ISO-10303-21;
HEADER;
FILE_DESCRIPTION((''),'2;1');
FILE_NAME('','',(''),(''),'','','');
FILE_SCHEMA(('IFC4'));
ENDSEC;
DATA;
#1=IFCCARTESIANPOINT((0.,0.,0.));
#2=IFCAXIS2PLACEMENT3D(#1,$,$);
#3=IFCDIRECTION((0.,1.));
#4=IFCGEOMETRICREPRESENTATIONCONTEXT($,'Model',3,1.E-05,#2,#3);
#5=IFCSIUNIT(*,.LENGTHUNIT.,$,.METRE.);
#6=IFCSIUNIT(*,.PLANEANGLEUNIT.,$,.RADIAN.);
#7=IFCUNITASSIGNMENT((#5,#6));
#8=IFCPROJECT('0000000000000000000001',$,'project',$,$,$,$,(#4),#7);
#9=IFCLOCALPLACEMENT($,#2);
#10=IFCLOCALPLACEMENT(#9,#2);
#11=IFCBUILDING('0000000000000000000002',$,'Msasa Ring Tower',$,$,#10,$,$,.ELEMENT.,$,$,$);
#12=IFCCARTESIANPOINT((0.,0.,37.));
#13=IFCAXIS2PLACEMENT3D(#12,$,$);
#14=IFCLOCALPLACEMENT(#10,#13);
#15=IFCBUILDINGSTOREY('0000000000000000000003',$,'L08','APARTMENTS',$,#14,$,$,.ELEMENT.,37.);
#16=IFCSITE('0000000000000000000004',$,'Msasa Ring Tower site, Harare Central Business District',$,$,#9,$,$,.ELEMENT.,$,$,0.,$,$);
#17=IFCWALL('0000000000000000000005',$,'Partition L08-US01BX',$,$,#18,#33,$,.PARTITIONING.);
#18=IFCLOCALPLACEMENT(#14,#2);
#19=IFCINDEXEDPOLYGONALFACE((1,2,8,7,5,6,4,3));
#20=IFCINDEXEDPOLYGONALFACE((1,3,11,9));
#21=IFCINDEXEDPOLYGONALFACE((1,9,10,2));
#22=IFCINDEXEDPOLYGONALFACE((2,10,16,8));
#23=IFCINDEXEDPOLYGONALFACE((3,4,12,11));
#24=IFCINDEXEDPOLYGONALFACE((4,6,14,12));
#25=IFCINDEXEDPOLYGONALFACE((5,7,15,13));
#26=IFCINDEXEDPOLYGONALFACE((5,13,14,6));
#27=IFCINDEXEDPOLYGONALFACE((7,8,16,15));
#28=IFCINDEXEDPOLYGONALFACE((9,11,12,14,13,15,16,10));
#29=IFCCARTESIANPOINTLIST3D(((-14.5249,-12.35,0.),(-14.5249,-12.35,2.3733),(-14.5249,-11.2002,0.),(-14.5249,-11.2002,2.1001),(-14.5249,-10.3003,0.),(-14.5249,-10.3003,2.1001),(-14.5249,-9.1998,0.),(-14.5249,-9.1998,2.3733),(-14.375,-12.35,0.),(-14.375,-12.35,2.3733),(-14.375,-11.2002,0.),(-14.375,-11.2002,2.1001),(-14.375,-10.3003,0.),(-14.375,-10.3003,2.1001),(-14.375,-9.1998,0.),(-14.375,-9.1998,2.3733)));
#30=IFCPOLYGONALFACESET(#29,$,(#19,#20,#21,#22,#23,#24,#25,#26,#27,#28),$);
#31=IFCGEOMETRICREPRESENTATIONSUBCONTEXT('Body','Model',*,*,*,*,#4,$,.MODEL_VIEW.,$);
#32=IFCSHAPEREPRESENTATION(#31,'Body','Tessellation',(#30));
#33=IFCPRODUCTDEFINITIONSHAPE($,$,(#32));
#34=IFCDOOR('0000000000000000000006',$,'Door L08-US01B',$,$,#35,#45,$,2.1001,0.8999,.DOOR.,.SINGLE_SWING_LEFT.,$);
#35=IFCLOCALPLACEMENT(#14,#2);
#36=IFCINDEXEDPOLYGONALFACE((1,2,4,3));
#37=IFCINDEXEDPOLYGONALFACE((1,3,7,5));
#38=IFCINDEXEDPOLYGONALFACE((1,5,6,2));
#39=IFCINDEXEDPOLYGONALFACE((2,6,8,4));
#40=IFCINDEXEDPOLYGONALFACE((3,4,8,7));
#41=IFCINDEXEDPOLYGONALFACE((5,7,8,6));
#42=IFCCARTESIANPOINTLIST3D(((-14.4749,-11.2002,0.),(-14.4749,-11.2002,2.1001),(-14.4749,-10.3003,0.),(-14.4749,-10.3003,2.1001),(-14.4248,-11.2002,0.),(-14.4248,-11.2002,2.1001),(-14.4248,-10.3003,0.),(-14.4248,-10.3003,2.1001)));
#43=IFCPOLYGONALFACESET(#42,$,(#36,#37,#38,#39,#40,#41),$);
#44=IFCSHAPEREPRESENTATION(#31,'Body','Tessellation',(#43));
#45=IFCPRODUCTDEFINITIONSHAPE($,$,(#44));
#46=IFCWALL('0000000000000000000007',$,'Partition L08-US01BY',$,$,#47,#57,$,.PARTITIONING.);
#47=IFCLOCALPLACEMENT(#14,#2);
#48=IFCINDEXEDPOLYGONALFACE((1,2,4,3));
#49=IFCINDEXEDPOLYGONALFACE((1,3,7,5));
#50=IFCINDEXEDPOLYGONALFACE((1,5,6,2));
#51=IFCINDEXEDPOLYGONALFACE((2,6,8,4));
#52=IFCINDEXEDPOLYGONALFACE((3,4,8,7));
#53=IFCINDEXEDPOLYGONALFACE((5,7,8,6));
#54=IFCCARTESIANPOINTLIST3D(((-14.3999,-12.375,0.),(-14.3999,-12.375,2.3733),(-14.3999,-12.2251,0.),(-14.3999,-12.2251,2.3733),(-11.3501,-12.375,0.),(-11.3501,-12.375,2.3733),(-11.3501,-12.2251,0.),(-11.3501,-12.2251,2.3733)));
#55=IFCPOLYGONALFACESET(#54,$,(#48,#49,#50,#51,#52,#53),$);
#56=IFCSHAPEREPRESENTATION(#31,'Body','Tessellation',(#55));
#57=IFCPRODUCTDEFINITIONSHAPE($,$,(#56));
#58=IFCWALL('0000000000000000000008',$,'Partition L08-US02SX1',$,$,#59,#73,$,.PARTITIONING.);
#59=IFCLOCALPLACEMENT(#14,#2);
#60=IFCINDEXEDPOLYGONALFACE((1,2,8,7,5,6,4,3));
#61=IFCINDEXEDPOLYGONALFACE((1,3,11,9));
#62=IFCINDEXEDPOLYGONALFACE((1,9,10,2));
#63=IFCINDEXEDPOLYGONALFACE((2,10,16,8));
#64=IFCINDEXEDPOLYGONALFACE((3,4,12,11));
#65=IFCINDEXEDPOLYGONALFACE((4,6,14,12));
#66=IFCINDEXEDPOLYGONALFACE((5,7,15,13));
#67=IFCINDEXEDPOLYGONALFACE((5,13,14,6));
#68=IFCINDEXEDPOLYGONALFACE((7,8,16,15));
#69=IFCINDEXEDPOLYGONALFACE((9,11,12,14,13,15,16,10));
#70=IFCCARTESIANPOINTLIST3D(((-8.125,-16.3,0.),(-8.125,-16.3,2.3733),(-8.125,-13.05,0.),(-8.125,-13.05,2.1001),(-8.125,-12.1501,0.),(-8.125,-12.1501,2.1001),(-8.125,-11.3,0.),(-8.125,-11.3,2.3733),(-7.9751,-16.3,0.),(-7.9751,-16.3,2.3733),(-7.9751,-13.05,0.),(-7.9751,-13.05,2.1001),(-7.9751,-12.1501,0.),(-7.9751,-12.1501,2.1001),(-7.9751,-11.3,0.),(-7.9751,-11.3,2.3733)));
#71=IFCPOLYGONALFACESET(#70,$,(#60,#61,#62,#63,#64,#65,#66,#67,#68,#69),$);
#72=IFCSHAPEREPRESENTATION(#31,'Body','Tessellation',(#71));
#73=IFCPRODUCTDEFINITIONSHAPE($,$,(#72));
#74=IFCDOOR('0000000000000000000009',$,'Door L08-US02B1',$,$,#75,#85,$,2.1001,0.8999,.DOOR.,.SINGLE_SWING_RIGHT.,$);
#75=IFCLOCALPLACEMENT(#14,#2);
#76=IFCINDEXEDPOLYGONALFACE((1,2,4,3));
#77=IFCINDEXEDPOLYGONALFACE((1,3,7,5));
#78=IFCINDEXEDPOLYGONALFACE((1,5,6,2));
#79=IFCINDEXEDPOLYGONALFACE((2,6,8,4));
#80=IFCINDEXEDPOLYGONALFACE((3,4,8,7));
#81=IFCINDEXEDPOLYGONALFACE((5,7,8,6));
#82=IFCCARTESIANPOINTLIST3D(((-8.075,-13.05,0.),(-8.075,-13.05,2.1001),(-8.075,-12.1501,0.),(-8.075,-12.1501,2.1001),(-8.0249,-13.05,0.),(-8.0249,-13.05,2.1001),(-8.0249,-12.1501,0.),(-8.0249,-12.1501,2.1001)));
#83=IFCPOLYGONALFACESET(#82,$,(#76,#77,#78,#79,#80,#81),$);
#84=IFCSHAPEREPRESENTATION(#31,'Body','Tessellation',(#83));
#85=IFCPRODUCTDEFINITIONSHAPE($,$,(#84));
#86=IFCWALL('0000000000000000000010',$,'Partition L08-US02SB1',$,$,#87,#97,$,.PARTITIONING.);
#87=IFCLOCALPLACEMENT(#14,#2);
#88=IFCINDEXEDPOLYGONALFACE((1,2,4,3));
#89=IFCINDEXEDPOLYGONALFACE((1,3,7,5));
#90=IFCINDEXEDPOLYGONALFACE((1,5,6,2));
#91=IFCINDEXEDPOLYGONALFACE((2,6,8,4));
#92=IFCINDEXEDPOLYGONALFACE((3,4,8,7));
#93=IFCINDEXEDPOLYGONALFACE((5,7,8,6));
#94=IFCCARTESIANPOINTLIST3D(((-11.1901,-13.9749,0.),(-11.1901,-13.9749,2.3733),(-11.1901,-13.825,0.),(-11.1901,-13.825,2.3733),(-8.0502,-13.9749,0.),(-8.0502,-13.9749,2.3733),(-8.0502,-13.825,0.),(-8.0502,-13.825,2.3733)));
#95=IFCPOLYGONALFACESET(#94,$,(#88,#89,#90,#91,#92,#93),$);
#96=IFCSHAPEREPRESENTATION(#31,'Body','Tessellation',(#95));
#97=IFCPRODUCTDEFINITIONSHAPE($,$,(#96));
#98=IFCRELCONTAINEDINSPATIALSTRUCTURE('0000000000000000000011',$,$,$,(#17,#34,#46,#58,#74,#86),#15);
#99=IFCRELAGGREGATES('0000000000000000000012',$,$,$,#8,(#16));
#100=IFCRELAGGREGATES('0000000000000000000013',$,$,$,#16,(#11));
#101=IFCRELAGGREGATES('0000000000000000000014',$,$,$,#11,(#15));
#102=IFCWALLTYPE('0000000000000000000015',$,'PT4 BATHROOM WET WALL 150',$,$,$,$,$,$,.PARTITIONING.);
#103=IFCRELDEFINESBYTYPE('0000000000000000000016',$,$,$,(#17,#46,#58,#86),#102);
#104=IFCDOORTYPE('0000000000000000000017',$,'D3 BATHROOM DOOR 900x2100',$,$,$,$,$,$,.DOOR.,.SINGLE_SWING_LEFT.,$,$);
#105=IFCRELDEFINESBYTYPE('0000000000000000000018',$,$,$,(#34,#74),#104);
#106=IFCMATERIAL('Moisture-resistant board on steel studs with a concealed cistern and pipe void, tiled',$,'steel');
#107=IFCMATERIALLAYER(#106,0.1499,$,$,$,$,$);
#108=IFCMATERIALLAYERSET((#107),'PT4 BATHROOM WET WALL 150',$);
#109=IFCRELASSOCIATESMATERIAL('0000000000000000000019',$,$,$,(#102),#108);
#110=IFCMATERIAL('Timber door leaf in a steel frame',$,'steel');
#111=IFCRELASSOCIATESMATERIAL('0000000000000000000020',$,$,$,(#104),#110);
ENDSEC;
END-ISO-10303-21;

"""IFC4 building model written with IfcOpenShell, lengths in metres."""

from ifc_helpers import new_model, si_unit, direction, frame, frame_2d, origin, place, context, subcontext, project, spatial, rectangle, extrude, material, layer, layer_set, type_object, element, fill, save


model = new_model("IFC4")

# Units and contexts
model_context = context("Model", 3, precision=1e-05, world=origin(), true_north=direction((0.0, 1.0)))
body_context = subcontext(model_context, "Body", "Model", "MODEL_VIEW")
ifc_project = project(units=[si_unit("LENGTHUNIT", "METRE"), si_unit("PLANEANGLEUNIT", "RADIAN")], contexts=[model_context])

# Site, building, storey
site_placement = place(None, origin())
site = spatial("IfcSite", under=ifc_project, at=site_placement, Name="Msasa Ring Tower site, Harare Central Business District", CompositionType="ELEMENT", RefElevation=0.0)
building_placement = place(site_placement, origin())
building = spatial("IfcBuilding", under=site, at=building_placement, Name="Msasa Ring Tower", CompositionType="ELEMENT")
storey_placement = place(building_placement, frame((0.0, 0.0, 37.0)))
storey = spatial("IfcBuildingStorey", under=building, at=storey_placement, Name="L08", Description="APARTMENTS", CompositionType="ELEMENT", Elevation=37.0)

# Wall, opening, door
ifc_material_1 = material(Name="Moisture-resistant board on steel studs with a concealed cistern and pipe void, tiled", Category="steel")
ifc_layer_1 = layer(ifc_material_1, 0.1499)
ifc_layer_set_1 = layer_set([ifc_layer_1], Name="PT4 BATHROOM WET WALL 150")
wall_type_1 = type_object("IfcWallType", Name="PT4 BATHROOM WET WALL 150", PredefinedType="PARTITIONING", material=ifc_layer_set_1)
wall_1_placement = place(storey_placement, frame((-14.45, -12.3501, 0.0), z_axis=(0.0, 0.0, 1.0), x_axis=(0.0, 1.0, 0.0)))
wall_1 = element("IfcWall", 1, at=wall_1_placement, inside=storey, type_object=wall_type_1, Name="Partition L08-US01BX", PredefinedType="PARTITIONING", context=body_context, shape_type="SweptSolid", body=[
    extrude(rectangle(XDim=3.1501, YDim=0.1499, at=frame_2d((1.5752, 0.0))), origin(), (0.0, 0.0, 1.0), 2.3733),
])
opening_1_placement = place(wall_1_placement, frame((1.1499, 0.0, 0.0)))
opening_1 = element("IfcOpeningElement", 2, at=opening_1_placement, cuts=wall_1, PredefinedType="OPENING", context=body_context, shape_type="SweptSolid", body=[
    extrude(rectangle(XDim=0.8999, YDim=2.1001, at=frame_2d((0.45, 1.05))), frame((0.0, 0.085, 0.0), z_axis=(0.0, -1.0, 0.0), x_axis=(1.0, 0.0, 0.0)), (0.0, 0.0, 1.0), 0.1699),
])
ifc_material_2 = material(Name="Timber door leaf in a steel frame", Category="steel")
door_type_1 = type_object("IfcDoorType", Name="D3 BATHROOM DOOR 900x2100", OperationType="SINGLE_SWING_LEFT", PredefinedType="DOOR", material=ifc_material_2)
door_1_placement = place(opening_1_placement, origin())
door_1 = element("IfcDoor", 3, at=door_1_placement, inside=storey, type_object=door_type_1, Name="Door L08-US01B", OperationType="SINGLE_SWING_LEFT", OverallHeight=2.1001, OverallWidth=0.8999, PredefinedType="DOOR", context=body_context, shape_type="SweptSolid", body=[
    extrude(rectangle(XDim=0.8999, YDim=2.1001, at=frame_2d((0.45, 1.05))), frame((0.0, 0.0249, 0.0), z_axis=(0.0, -1.0, 0.0), x_axis=(1.0, 0.0, 0.0)), (0.0, 0.0, 1.0), 0.05),
])
fill(opening_1, door_1)

# Wall
wall_2_placement = place(storey_placement, frame((-14.3999, -12.3, 0.0), z_axis=(0.0, 0.0, 1.0), x_axis=(1.0, 0.0, 0.0)))
element("IfcWall", 4, at=wall_2_placement, inside=storey, type_object=wall_type_1, Name="Partition L08-US01BY", PredefinedType="PARTITIONING", context=body_context, shape_type="SweptSolid", body=[
    extrude(rectangle(XDim=3.0498, YDim=0.1499, at=frame_2d((1.5249, 0.0))), origin(), (0.0, 0.0, 1.0), 2.3733),
])

# Wall, opening, door
wall_3_placement = place(storey_placement, frame((-8.05, -16.3, 0.0), z_axis=(0.0, 0.0, 1.0), x_axis=(0.0, 1.0, 0.0)))
wall_3 = element("IfcWall", 5, at=wall_3_placement, inside=storey, type_object=wall_type_1, Name="Partition L08-US02SX1", PredefinedType="PARTITIONING", context=body_context, shape_type="SweptSolid", body=[
    extrude(rectangle(XDim=5.0, YDim=0.1499, at=frame_2d((2.5, 0.0))), origin(), (0.0, 0.0, 1.0), 2.3733),
])
opening_2_placement = place(wall_3_placement, frame((3.25, 0.0, 0.0)))
opening_2 = element("IfcOpeningElement", 6, at=opening_2_placement, cuts=wall_3, PredefinedType="OPENING", context=body_context, shape_type="SweptSolid", body=[
    extrude(rectangle(XDim=0.8999, YDim=2.1001, at=frame_2d((0.45, 1.05))), frame((0.0, 0.085, 0.0), z_axis=(0.0, -1.0, 0.0), x_axis=(1.0, 0.0, 0.0)), (0.0, 0.0, 1.0), 0.1699),
])
door_2_placement = place(opening_2_placement, origin())
door_2 = element("IfcDoor", 7, at=door_2_placement, inside=storey, type_object=door_type_1, Name="Door L08-US02B1", OperationType="SINGLE_SWING_RIGHT", OverallHeight=2.1001, OverallWidth=0.8999, PredefinedType="DOOR", context=body_context, shape_type="SweptSolid", body=[
    extrude(rectangle(XDim=0.8999, YDim=2.1001, at=frame_2d((0.45, 1.05))), frame((0.0, 0.0249, 0.0), z_axis=(0.0, -1.0, 0.0), x_axis=(1.0, 0.0, 0.0)), (0.0, 0.0, 1.0), 0.05),
])
fill(opening_2, door_2)

# Wall
wall_4_placement = place(storey_placement, frame((-11.1899, -13.8999, 0.0), z_axis=(0.0, 0.0, 1.0), x_axis=(1.0, 0.0, 0.0)))
element("IfcWall", 8, at=wall_4_placement, inside=storey, type_object=wall_type_1, Name="Partition L08-US02SB1", PredefinedType="PARTITIONING", context=body_context, shape_type="SweptSolid", body=[
    extrude(rectangle(XDim=3.1399, YDim=0.1499, at=frame_2d((1.5698, 0.0))), origin(), (0.0, 0.0, 1.0), 2.3733),
])

save(model, "model.ifc")
